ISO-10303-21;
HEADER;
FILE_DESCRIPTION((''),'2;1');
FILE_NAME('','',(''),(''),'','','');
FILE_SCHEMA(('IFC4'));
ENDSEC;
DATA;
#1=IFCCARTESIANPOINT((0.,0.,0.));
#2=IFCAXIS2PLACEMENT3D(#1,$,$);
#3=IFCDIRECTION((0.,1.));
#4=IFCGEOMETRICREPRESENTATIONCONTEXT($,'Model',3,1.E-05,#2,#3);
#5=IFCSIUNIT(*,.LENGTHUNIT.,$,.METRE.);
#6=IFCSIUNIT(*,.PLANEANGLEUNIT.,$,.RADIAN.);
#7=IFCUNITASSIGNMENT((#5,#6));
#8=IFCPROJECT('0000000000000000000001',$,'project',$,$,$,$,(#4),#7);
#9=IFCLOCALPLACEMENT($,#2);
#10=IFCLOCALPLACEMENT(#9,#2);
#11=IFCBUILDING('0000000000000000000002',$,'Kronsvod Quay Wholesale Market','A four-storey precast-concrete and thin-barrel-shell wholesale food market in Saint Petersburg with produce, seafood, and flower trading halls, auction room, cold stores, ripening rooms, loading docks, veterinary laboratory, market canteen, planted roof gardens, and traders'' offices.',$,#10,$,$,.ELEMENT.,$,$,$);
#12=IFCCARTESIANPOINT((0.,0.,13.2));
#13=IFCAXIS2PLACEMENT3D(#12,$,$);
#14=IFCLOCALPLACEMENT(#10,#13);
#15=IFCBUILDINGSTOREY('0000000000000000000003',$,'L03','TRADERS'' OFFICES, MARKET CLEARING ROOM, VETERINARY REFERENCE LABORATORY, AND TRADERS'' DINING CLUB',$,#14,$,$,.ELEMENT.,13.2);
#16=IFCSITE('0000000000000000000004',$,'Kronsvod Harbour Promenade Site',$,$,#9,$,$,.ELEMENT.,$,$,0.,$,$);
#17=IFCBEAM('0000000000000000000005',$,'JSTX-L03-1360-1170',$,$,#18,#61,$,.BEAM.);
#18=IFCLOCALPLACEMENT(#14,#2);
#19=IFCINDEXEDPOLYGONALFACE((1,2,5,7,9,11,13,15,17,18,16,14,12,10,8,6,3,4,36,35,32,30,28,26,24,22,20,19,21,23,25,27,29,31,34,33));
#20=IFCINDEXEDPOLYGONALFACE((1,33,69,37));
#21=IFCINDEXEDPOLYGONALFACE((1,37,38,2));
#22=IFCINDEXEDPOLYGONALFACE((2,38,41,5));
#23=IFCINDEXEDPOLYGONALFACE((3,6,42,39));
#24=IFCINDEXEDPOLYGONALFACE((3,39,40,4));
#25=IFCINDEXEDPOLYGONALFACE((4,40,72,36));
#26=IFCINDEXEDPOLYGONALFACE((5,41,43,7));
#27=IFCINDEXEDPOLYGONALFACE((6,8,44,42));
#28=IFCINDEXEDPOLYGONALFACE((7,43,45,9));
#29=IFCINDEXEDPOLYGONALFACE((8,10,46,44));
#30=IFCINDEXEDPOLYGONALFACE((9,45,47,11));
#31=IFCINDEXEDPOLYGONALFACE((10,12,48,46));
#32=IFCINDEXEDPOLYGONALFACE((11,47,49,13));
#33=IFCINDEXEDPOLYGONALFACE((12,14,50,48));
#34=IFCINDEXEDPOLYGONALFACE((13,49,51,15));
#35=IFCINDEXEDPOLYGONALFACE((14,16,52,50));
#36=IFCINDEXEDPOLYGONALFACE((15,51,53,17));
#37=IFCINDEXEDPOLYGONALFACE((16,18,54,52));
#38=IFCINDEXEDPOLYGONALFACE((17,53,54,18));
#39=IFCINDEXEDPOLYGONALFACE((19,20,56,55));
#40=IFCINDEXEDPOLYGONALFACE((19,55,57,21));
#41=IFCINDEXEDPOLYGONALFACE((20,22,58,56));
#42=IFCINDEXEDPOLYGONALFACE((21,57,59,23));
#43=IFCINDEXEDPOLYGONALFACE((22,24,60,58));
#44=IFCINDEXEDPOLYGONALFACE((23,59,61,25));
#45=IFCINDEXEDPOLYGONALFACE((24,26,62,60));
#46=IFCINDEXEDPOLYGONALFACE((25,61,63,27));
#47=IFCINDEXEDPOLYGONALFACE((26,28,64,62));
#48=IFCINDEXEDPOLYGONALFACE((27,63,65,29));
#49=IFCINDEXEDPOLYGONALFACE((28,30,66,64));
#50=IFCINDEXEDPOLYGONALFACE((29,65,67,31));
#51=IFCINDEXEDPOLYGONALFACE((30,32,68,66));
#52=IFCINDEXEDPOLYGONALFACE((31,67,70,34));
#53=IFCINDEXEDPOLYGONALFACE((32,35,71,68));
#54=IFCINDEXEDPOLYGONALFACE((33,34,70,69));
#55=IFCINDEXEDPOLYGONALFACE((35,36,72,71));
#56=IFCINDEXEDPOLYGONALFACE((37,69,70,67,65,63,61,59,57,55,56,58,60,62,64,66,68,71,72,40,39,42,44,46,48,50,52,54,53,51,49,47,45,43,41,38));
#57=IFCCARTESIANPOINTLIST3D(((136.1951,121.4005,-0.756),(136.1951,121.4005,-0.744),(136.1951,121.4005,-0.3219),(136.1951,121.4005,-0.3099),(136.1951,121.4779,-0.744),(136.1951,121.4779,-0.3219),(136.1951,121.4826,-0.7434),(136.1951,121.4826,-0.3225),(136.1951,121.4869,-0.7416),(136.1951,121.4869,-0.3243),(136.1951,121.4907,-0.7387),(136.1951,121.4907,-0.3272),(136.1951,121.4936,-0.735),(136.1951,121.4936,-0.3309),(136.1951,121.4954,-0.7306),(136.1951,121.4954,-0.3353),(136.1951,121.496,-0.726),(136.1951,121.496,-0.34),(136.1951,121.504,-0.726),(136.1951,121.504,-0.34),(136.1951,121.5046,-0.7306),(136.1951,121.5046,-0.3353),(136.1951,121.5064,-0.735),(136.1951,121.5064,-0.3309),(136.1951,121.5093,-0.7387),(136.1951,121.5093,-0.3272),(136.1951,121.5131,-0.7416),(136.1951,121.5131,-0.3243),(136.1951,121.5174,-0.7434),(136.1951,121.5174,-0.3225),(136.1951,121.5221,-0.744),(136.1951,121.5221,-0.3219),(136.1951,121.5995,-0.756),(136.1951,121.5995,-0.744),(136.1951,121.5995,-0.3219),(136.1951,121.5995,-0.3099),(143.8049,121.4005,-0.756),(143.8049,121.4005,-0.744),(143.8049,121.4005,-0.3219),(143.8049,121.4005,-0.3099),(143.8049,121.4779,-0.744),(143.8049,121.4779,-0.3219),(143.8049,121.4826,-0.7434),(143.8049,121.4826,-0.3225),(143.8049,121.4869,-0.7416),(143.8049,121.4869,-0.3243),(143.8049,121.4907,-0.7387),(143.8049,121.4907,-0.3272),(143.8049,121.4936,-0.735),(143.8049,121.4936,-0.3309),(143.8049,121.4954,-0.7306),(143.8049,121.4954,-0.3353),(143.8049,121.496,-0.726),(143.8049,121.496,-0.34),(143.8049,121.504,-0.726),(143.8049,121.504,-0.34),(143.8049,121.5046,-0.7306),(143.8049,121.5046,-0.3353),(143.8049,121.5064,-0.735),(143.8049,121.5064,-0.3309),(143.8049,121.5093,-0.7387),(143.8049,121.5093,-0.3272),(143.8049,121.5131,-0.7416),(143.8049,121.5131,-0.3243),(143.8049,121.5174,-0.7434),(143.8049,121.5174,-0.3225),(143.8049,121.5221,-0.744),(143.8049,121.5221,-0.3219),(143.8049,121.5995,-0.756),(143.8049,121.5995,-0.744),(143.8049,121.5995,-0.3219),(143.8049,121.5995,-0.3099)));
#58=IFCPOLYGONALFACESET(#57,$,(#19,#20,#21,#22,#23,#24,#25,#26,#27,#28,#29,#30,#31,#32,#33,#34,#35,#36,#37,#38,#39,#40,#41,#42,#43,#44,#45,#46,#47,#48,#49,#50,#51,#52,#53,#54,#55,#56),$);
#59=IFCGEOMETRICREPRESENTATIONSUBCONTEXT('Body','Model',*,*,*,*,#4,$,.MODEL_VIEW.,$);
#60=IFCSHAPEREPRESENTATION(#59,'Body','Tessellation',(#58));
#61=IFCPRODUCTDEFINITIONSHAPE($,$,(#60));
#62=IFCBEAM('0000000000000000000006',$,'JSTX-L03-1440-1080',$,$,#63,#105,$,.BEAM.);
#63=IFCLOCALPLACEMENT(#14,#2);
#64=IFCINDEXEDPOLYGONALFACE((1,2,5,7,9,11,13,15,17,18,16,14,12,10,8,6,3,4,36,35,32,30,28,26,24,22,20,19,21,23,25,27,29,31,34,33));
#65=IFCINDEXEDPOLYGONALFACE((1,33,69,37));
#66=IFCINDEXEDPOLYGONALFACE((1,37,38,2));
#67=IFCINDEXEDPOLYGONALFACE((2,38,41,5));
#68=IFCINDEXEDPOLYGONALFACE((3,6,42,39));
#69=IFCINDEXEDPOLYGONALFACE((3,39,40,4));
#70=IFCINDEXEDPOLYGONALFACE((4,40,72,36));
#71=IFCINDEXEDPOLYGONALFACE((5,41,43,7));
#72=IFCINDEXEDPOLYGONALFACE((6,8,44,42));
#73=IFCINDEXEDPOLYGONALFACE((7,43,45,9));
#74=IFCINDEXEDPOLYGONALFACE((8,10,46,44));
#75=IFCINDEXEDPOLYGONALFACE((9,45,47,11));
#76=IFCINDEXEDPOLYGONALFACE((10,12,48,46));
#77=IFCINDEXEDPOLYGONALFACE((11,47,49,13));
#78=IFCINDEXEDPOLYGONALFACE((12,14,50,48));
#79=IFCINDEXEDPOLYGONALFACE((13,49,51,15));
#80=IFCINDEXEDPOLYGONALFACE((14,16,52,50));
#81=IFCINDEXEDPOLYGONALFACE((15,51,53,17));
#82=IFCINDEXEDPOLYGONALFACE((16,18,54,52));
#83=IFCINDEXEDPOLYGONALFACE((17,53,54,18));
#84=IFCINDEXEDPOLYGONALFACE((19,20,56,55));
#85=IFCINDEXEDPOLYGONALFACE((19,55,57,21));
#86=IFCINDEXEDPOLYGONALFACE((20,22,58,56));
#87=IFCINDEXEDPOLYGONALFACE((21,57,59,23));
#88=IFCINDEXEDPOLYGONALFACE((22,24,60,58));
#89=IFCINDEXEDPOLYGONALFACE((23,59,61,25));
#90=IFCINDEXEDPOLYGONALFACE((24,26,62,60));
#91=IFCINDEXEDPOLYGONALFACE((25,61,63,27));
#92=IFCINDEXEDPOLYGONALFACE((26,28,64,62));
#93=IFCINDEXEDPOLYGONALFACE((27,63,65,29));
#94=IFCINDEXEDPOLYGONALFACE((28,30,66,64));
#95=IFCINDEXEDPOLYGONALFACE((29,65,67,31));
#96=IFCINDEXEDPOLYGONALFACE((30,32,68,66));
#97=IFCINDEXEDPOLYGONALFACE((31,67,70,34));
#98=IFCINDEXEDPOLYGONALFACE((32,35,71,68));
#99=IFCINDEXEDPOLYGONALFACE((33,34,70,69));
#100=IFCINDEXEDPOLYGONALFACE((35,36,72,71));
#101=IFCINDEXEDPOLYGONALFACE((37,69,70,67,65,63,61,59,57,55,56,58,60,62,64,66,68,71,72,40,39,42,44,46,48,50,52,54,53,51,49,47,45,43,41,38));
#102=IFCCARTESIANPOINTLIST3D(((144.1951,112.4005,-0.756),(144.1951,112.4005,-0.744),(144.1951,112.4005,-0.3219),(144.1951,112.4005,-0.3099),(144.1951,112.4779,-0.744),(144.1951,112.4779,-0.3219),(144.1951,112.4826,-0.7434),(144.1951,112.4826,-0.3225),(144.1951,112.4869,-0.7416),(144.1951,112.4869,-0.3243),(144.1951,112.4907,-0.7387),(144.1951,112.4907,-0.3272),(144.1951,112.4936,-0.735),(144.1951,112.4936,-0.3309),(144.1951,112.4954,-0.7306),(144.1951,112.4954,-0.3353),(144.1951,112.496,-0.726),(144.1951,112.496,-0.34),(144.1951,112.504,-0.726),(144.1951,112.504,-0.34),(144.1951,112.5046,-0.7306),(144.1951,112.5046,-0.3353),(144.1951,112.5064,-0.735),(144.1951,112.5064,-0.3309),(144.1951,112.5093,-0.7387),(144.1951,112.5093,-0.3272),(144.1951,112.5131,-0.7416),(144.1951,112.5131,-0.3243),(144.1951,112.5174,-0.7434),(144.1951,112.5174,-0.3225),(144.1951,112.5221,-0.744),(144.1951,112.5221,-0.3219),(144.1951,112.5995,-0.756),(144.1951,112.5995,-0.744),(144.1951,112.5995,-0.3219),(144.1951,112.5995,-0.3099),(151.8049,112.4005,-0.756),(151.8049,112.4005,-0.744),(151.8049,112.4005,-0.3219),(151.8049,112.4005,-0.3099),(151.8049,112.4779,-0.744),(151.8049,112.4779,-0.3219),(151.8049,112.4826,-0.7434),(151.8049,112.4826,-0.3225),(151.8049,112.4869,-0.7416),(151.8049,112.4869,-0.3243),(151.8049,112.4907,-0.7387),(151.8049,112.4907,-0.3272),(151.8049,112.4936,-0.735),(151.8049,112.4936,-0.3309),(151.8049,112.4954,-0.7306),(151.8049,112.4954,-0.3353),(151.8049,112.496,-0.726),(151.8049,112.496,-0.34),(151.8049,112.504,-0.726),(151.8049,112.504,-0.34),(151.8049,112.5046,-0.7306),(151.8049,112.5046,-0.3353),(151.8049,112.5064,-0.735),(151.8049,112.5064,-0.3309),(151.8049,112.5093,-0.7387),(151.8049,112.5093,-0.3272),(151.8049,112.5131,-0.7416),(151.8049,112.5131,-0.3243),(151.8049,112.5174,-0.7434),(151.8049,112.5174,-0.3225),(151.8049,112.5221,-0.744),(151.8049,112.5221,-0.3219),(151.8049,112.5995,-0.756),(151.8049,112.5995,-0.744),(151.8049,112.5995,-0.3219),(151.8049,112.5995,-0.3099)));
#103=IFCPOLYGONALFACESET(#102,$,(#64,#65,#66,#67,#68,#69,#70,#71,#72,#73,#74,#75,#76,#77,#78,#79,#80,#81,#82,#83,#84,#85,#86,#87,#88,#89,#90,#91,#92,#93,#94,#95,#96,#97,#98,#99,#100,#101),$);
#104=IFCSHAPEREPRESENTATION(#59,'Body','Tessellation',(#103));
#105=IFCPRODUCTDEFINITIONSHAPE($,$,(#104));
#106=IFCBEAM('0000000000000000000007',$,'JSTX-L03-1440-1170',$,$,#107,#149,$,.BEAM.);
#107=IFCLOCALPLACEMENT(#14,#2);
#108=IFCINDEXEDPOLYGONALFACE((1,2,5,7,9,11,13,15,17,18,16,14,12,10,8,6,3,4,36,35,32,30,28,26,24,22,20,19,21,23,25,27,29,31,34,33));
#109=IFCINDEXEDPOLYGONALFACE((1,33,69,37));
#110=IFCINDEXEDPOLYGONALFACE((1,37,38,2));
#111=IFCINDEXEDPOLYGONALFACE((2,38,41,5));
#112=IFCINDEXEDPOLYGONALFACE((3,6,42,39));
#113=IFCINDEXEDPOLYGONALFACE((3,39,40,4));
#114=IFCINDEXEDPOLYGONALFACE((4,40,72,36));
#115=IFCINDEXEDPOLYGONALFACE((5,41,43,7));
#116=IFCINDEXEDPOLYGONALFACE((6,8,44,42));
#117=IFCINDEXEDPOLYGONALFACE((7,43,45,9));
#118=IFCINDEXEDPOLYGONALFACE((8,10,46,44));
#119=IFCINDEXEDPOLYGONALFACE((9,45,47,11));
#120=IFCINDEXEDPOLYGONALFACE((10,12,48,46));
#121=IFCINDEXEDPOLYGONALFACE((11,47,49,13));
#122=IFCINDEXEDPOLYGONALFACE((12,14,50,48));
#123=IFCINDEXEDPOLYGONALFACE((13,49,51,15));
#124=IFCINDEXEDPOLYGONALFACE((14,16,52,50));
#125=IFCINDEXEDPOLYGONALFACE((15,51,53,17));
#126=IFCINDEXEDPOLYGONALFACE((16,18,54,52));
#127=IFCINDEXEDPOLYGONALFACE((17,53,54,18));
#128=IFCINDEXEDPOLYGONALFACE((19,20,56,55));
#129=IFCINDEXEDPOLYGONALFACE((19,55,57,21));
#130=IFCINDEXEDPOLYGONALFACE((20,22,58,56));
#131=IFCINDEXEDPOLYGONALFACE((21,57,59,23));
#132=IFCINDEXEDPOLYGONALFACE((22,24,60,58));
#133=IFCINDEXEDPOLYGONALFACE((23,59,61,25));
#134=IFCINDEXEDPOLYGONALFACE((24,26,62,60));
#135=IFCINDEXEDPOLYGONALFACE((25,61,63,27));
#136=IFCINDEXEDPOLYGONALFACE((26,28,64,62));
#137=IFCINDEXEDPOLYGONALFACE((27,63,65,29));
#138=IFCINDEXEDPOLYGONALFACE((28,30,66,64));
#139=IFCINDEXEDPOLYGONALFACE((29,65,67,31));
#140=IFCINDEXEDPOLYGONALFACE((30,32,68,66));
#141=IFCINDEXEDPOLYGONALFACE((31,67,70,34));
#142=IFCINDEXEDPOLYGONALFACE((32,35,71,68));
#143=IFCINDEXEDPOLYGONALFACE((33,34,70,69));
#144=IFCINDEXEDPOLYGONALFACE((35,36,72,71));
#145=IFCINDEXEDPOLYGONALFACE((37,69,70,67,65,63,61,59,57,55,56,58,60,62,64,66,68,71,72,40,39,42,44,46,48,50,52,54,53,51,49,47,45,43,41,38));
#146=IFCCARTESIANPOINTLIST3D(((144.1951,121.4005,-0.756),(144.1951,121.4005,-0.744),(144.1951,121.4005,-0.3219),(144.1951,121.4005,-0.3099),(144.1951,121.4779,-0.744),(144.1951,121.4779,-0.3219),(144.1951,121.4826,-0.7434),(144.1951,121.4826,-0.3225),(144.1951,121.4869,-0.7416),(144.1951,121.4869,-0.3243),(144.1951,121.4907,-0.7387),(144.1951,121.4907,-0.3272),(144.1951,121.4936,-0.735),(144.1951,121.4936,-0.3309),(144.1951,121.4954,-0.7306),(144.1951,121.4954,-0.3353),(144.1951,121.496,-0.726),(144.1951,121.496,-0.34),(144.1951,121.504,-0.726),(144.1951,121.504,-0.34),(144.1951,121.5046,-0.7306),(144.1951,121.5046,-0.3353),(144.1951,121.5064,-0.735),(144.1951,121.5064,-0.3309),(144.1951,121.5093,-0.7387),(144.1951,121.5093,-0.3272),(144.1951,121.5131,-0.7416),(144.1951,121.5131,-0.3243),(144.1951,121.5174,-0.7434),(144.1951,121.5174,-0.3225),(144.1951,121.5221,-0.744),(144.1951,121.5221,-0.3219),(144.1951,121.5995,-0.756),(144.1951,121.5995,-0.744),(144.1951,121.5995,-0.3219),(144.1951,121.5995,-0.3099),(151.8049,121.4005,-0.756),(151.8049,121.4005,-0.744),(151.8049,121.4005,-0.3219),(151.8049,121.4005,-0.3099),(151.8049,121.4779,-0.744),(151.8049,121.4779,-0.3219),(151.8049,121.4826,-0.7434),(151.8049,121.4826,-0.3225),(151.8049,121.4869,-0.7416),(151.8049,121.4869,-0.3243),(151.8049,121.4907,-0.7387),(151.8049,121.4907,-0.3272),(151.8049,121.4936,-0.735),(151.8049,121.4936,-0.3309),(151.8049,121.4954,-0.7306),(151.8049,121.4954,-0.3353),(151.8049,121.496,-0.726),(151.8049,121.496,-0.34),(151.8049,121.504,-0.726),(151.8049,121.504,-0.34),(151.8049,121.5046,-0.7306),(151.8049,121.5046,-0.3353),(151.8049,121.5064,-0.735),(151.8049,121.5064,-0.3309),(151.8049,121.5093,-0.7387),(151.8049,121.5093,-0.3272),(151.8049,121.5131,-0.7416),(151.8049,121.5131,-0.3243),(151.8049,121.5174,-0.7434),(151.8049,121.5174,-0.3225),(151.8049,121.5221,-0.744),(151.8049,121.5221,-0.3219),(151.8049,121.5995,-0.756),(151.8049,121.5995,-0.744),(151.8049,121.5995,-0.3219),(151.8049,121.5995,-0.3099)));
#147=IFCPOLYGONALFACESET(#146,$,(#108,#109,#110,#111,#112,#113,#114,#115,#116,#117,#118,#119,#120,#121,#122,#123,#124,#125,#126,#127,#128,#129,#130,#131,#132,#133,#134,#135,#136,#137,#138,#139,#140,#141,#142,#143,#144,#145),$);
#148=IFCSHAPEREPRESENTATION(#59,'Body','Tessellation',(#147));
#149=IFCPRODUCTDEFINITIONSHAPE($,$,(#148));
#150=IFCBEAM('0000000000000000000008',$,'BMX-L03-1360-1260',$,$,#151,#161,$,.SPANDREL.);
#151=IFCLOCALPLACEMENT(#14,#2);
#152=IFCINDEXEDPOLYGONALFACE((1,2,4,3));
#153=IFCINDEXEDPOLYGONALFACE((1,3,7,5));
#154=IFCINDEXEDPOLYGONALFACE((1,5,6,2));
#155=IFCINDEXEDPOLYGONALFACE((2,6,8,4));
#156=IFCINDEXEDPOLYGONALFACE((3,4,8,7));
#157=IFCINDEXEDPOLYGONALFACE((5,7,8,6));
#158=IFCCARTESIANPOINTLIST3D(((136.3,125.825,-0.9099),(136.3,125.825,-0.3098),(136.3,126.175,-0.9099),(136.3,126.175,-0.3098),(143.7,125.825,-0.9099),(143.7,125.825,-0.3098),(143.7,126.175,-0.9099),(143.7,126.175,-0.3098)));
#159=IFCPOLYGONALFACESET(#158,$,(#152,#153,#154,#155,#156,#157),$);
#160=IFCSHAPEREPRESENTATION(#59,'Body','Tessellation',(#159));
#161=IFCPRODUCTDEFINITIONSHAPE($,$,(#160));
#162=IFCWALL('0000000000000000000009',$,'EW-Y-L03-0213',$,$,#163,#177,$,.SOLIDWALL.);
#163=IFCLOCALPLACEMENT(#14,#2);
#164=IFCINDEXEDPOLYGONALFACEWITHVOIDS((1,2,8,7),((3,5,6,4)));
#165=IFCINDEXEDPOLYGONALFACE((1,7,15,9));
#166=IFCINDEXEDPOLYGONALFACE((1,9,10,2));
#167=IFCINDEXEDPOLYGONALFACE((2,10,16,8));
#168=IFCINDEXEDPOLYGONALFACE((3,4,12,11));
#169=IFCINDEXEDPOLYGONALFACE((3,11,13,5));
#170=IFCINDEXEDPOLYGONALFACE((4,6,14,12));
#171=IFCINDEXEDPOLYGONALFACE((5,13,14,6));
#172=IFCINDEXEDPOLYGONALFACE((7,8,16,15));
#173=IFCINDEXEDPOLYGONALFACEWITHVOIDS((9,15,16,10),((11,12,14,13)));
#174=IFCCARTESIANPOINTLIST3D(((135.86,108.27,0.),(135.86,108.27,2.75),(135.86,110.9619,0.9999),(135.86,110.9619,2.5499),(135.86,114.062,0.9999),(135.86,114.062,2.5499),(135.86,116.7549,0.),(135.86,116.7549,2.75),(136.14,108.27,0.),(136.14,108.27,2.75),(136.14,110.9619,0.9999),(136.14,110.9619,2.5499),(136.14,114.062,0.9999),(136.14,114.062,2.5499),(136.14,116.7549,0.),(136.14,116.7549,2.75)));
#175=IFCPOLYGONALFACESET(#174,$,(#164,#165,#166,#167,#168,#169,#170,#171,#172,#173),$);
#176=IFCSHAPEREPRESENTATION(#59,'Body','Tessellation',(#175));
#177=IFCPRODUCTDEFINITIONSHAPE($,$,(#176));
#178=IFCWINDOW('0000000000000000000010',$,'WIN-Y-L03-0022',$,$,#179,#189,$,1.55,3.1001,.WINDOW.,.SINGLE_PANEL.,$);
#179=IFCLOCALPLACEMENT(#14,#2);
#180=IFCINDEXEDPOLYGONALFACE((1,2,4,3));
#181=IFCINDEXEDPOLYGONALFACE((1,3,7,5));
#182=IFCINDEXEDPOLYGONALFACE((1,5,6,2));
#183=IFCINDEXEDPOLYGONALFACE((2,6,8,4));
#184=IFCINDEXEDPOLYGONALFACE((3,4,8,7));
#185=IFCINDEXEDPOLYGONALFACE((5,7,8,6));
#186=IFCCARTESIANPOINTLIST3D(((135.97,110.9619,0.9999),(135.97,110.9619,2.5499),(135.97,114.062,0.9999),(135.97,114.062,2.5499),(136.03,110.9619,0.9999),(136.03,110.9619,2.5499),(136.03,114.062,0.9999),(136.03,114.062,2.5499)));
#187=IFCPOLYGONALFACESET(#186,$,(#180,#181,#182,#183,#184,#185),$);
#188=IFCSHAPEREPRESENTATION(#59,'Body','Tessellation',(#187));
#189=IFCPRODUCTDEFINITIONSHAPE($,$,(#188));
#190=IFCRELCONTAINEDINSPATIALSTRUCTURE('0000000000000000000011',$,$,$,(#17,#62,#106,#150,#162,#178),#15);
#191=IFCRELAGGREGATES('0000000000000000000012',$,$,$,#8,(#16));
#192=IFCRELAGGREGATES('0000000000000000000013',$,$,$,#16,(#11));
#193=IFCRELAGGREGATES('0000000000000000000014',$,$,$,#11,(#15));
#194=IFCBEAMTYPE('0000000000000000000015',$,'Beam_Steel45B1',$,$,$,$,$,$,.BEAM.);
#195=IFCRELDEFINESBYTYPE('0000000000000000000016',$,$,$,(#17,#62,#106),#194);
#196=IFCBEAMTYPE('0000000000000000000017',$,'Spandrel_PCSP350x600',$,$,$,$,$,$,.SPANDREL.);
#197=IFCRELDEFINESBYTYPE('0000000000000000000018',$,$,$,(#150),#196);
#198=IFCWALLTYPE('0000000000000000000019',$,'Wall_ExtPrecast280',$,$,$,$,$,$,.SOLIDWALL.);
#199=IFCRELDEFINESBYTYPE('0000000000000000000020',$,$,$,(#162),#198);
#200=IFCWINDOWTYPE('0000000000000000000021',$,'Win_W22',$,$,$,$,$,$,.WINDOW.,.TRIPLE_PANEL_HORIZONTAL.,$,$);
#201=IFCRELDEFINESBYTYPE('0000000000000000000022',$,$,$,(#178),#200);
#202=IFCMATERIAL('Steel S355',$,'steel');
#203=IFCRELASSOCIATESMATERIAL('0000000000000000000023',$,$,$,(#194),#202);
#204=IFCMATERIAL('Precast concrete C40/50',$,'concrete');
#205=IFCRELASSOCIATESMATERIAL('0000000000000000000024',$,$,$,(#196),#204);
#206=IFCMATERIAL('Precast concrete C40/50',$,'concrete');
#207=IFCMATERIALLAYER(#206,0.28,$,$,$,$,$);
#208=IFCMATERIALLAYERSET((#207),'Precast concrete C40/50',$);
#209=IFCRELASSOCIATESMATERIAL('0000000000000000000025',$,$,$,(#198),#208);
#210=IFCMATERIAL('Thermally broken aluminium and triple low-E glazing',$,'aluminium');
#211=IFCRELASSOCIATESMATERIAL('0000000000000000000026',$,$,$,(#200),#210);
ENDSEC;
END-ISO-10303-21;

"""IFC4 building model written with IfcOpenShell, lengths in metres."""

from ifc_helpers import new_model, si_unit, direction, frame, frame_2d, origin, origin_2d, place, context, subcontext, project, spatial, rectangle, i_section, extrude, material, layer, layer_set, material_profile, profile_set, type_object, element, fill, save


model = new_model("IFC4")

# Units and contexts
model_context = context("Model", 3, precision=1e-05, world=origin(), true_north=direction((0.0, 1.0)))
body_context = subcontext(model_context, "Body", "Model", "MODEL_VIEW")
ifc_project = project(units=[si_unit("LENGTHUNIT", "METRE"), si_unit("PLANEANGLEUNIT", "RADIAN")], contexts=[model_context])

# Site, building, storey
site_placement = place(None, origin())
site = spatial("IfcSite", under=ifc_project, at=site_placement, Name="Kronsvod Harbour Promenade Site", CompositionType="ELEMENT", RefElevation=0.0)
building_placement = place(site_placement, origin())
building = spatial("IfcBuilding", under=site, at=building_placement, Name="Kronsvod Quay Wholesale Market", Description="A four-storey precast-concrete and thin-barrel-shell wholesale food market in Saint Petersburg with produce, seafood, and flower trading halls, auction room, cold stores, ripening rooms, loading docks, veterinary laboratory, market canteen, planted roof gardens, and traders' offices.", CompositionType="ELEMENT")
storey_placement = place(building_placement, frame((0.0, 0.0, 13.2)))
storey = spatial("IfcBuildingStorey", under=building, at=storey_placement, Name="L03", Description="TRADERS' OFFICES, MARKET CLEARING ROOM, VETERINARY REFERENCE LABORATORY, AND TRADERS' DINING CLUB", CompositionType="ELEMENT", Elevation=13.2)

# Beams
ifc_material_1 = material(Name="Steel S355", Category="steel")
ifc_material_profile_1 = material_profile(ifc_material_1, i_section(OverallWidth=0.199, OverallDepth=0.446, WebThickness=0.0081, FlangeThickness=0.012, FilletRadius=0.0181, at=origin_2d()), Name="45B1")
ifc_profile_set_1 = profile_set([ifc_material_profile_1], Name="Steel S355")
beam_type_1 = type_object("IfcBeamType", Name="Beam_Steel45B1", PredefinedType="BEAM", material=ifc_profile_set_1)
for number, where, z_axis, x_axis, name in (
    (1, (136.1951, 121.5, -0.533), (1.0, 0.0, 0.0), (0.0, 1.0, 0.0), "JSTX-L03-1360-1170"),
    (2, (144.1951, 112.5, -0.533), (1.0, 0.0, 0.0), (0.0, 1.0, 0.0), "JSTX-L03-1440-1080"),
    (3, (144.1951, 121.5, -0.533), (1.0, 0.0, 0.0), (0.0, 1.0, 0.0), "JSTX-L03-1440-1170"),
):
    element("IfcBeam", number, at=place(storey_placement, frame(where, z_axis=z_axis, x_axis=x_axis)), inside=storey, type_object=beam_type_1, Name=name, PredefinedType="BEAM", context=body_context, shape_type="SweptSolid", body=[
        extrude(i_section(OverallWidth=0.199, OverallDepth=0.446, WebThickness=0.0081, FlangeThickness=0.012, FilletRadius=0.0181, at=origin_2d()), origin(), (0.0, 0.0, 1.0), 7.6099),
    ])
ifc_material_2 = material(Name="Precast concrete C40/50", Category="concrete")
ifc_material_profile_2 = material_profile(ifc_material_2, rectangle(XDim=0.3501, YDim=0.6001, at=origin_2d()), Name="PCSP350x600")
ifc_profile_set_2 = profile_set([ifc_material_profile_2], Name="Precast concrete C40/50")
beam_type_2 = type_object("IfcBeamType", Name="Spandrel_PCSP350x600", PredefinedType="SPANDREL", material=ifc_profile_set_2)
beam_1_placement = place(storey_placement, frame((136.3, 126.0, -0.6099), z_axis=(1.0, 0.0, 0.0), x_axis=(0.0, 1.0, 0.0)))
element("IfcBeam", 4, at=beam_1_placement, inside=storey, type_object=beam_type_2, Name="BMX-L03-1360-1260", PredefinedType="SPANDREL", context=body_context, shape_type="SweptSolid", body=[
    extrude(rectangle(XDim=0.3501, YDim=0.6001, at=origin_2d()), origin(), (0.0, 0.0, 1.0), 7.3999),
])

# Wall, opening, window
ifc_material_3 = material(Name="Precast concrete C40/50", Category="concrete")
ifc_layer_1 = layer(ifc_material_3, 0.28)
ifc_layer_set_1 = layer_set([ifc_layer_1], Name="Precast concrete C40/50")
wall_type_1 = type_object("IfcWallType", Name="Wall_ExtPrecast280", PredefinedType="SOLIDWALL", material=ifc_layer_set_1)
wall_1_placement = place(storey_placement, frame((136.0, 108.27, 0.0), z_axis=(0.0, 0.0, 1.0), x_axis=(0.0, 1.0, 0.0)))
wall_1 = element("IfcWall", 5, at=wall_1_placement, inside=storey, type_object=wall_type_1, Name="EW-Y-L03-0213", PredefinedType="SOLIDWALL", context=body_context, shape_type="SweptSolid", body=[
    extrude(rectangle(XDim=8.4849, YDim=0.28, at=frame_2d((4.2424, 0.0))), origin(), (0.0, 0.0, 1.0), 2.75),
])
opening_1_placement = place(wall_1_placement, frame((2.6919, 0.0, 1.0)))
opening_1 = element("IfcOpeningElement", 6, at=opening_1_placement, cuts=wall_1, PredefinedType="OPENING", context=body_context, shape_type="SweptSolid", body=[
    extrude(rectangle(XDim=3.1001, YDim=1.55, at=frame_2d((1.55, 0.7749))), frame((0.0, 0.1499, 0.0), z_axis=(0.0, -1.0, 0.0), x_axis=(1.0, 0.0, 0.0)), (0.0, 0.0, 1.0), 0.3),
])
ifc_material_4 = material(Name="Thermally broken aluminium and triple low-E glazing", Category="aluminium")
window_type = type_object("IfcWindowType", Name="Win_W22", PartitioningType="TRIPLE_PANEL_HORIZONTAL", PredefinedType="WINDOW", material=ifc_material_4)
window_placement = place(opening_1_placement, origin())
window = element("IfcWindow", 7, at=window_placement, inside=storey, type_object=window_type, Name="WIN-Y-L03-0022", OverallHeight=1.55, OverallWidth=3.1001, PartitioningType="SINGLE_PANEL", PredefinedType="WINDOW", context=body_context, shape_type="SweptSolid", body=[
    extrude(rectangle(XDim=3.1001, YDim=1.55, at=frame_2d((1.55, 0.7749))), frame((0.0, 0.03, 0.0), z_axis=(0.0, -1.0, 0.0), x_axis=(1.0, 0.0, 0.0)), (0.0, 0.0, 1.0), 0.0601),
])
fill(opening_1, window)

save(model, "model.ifc")
